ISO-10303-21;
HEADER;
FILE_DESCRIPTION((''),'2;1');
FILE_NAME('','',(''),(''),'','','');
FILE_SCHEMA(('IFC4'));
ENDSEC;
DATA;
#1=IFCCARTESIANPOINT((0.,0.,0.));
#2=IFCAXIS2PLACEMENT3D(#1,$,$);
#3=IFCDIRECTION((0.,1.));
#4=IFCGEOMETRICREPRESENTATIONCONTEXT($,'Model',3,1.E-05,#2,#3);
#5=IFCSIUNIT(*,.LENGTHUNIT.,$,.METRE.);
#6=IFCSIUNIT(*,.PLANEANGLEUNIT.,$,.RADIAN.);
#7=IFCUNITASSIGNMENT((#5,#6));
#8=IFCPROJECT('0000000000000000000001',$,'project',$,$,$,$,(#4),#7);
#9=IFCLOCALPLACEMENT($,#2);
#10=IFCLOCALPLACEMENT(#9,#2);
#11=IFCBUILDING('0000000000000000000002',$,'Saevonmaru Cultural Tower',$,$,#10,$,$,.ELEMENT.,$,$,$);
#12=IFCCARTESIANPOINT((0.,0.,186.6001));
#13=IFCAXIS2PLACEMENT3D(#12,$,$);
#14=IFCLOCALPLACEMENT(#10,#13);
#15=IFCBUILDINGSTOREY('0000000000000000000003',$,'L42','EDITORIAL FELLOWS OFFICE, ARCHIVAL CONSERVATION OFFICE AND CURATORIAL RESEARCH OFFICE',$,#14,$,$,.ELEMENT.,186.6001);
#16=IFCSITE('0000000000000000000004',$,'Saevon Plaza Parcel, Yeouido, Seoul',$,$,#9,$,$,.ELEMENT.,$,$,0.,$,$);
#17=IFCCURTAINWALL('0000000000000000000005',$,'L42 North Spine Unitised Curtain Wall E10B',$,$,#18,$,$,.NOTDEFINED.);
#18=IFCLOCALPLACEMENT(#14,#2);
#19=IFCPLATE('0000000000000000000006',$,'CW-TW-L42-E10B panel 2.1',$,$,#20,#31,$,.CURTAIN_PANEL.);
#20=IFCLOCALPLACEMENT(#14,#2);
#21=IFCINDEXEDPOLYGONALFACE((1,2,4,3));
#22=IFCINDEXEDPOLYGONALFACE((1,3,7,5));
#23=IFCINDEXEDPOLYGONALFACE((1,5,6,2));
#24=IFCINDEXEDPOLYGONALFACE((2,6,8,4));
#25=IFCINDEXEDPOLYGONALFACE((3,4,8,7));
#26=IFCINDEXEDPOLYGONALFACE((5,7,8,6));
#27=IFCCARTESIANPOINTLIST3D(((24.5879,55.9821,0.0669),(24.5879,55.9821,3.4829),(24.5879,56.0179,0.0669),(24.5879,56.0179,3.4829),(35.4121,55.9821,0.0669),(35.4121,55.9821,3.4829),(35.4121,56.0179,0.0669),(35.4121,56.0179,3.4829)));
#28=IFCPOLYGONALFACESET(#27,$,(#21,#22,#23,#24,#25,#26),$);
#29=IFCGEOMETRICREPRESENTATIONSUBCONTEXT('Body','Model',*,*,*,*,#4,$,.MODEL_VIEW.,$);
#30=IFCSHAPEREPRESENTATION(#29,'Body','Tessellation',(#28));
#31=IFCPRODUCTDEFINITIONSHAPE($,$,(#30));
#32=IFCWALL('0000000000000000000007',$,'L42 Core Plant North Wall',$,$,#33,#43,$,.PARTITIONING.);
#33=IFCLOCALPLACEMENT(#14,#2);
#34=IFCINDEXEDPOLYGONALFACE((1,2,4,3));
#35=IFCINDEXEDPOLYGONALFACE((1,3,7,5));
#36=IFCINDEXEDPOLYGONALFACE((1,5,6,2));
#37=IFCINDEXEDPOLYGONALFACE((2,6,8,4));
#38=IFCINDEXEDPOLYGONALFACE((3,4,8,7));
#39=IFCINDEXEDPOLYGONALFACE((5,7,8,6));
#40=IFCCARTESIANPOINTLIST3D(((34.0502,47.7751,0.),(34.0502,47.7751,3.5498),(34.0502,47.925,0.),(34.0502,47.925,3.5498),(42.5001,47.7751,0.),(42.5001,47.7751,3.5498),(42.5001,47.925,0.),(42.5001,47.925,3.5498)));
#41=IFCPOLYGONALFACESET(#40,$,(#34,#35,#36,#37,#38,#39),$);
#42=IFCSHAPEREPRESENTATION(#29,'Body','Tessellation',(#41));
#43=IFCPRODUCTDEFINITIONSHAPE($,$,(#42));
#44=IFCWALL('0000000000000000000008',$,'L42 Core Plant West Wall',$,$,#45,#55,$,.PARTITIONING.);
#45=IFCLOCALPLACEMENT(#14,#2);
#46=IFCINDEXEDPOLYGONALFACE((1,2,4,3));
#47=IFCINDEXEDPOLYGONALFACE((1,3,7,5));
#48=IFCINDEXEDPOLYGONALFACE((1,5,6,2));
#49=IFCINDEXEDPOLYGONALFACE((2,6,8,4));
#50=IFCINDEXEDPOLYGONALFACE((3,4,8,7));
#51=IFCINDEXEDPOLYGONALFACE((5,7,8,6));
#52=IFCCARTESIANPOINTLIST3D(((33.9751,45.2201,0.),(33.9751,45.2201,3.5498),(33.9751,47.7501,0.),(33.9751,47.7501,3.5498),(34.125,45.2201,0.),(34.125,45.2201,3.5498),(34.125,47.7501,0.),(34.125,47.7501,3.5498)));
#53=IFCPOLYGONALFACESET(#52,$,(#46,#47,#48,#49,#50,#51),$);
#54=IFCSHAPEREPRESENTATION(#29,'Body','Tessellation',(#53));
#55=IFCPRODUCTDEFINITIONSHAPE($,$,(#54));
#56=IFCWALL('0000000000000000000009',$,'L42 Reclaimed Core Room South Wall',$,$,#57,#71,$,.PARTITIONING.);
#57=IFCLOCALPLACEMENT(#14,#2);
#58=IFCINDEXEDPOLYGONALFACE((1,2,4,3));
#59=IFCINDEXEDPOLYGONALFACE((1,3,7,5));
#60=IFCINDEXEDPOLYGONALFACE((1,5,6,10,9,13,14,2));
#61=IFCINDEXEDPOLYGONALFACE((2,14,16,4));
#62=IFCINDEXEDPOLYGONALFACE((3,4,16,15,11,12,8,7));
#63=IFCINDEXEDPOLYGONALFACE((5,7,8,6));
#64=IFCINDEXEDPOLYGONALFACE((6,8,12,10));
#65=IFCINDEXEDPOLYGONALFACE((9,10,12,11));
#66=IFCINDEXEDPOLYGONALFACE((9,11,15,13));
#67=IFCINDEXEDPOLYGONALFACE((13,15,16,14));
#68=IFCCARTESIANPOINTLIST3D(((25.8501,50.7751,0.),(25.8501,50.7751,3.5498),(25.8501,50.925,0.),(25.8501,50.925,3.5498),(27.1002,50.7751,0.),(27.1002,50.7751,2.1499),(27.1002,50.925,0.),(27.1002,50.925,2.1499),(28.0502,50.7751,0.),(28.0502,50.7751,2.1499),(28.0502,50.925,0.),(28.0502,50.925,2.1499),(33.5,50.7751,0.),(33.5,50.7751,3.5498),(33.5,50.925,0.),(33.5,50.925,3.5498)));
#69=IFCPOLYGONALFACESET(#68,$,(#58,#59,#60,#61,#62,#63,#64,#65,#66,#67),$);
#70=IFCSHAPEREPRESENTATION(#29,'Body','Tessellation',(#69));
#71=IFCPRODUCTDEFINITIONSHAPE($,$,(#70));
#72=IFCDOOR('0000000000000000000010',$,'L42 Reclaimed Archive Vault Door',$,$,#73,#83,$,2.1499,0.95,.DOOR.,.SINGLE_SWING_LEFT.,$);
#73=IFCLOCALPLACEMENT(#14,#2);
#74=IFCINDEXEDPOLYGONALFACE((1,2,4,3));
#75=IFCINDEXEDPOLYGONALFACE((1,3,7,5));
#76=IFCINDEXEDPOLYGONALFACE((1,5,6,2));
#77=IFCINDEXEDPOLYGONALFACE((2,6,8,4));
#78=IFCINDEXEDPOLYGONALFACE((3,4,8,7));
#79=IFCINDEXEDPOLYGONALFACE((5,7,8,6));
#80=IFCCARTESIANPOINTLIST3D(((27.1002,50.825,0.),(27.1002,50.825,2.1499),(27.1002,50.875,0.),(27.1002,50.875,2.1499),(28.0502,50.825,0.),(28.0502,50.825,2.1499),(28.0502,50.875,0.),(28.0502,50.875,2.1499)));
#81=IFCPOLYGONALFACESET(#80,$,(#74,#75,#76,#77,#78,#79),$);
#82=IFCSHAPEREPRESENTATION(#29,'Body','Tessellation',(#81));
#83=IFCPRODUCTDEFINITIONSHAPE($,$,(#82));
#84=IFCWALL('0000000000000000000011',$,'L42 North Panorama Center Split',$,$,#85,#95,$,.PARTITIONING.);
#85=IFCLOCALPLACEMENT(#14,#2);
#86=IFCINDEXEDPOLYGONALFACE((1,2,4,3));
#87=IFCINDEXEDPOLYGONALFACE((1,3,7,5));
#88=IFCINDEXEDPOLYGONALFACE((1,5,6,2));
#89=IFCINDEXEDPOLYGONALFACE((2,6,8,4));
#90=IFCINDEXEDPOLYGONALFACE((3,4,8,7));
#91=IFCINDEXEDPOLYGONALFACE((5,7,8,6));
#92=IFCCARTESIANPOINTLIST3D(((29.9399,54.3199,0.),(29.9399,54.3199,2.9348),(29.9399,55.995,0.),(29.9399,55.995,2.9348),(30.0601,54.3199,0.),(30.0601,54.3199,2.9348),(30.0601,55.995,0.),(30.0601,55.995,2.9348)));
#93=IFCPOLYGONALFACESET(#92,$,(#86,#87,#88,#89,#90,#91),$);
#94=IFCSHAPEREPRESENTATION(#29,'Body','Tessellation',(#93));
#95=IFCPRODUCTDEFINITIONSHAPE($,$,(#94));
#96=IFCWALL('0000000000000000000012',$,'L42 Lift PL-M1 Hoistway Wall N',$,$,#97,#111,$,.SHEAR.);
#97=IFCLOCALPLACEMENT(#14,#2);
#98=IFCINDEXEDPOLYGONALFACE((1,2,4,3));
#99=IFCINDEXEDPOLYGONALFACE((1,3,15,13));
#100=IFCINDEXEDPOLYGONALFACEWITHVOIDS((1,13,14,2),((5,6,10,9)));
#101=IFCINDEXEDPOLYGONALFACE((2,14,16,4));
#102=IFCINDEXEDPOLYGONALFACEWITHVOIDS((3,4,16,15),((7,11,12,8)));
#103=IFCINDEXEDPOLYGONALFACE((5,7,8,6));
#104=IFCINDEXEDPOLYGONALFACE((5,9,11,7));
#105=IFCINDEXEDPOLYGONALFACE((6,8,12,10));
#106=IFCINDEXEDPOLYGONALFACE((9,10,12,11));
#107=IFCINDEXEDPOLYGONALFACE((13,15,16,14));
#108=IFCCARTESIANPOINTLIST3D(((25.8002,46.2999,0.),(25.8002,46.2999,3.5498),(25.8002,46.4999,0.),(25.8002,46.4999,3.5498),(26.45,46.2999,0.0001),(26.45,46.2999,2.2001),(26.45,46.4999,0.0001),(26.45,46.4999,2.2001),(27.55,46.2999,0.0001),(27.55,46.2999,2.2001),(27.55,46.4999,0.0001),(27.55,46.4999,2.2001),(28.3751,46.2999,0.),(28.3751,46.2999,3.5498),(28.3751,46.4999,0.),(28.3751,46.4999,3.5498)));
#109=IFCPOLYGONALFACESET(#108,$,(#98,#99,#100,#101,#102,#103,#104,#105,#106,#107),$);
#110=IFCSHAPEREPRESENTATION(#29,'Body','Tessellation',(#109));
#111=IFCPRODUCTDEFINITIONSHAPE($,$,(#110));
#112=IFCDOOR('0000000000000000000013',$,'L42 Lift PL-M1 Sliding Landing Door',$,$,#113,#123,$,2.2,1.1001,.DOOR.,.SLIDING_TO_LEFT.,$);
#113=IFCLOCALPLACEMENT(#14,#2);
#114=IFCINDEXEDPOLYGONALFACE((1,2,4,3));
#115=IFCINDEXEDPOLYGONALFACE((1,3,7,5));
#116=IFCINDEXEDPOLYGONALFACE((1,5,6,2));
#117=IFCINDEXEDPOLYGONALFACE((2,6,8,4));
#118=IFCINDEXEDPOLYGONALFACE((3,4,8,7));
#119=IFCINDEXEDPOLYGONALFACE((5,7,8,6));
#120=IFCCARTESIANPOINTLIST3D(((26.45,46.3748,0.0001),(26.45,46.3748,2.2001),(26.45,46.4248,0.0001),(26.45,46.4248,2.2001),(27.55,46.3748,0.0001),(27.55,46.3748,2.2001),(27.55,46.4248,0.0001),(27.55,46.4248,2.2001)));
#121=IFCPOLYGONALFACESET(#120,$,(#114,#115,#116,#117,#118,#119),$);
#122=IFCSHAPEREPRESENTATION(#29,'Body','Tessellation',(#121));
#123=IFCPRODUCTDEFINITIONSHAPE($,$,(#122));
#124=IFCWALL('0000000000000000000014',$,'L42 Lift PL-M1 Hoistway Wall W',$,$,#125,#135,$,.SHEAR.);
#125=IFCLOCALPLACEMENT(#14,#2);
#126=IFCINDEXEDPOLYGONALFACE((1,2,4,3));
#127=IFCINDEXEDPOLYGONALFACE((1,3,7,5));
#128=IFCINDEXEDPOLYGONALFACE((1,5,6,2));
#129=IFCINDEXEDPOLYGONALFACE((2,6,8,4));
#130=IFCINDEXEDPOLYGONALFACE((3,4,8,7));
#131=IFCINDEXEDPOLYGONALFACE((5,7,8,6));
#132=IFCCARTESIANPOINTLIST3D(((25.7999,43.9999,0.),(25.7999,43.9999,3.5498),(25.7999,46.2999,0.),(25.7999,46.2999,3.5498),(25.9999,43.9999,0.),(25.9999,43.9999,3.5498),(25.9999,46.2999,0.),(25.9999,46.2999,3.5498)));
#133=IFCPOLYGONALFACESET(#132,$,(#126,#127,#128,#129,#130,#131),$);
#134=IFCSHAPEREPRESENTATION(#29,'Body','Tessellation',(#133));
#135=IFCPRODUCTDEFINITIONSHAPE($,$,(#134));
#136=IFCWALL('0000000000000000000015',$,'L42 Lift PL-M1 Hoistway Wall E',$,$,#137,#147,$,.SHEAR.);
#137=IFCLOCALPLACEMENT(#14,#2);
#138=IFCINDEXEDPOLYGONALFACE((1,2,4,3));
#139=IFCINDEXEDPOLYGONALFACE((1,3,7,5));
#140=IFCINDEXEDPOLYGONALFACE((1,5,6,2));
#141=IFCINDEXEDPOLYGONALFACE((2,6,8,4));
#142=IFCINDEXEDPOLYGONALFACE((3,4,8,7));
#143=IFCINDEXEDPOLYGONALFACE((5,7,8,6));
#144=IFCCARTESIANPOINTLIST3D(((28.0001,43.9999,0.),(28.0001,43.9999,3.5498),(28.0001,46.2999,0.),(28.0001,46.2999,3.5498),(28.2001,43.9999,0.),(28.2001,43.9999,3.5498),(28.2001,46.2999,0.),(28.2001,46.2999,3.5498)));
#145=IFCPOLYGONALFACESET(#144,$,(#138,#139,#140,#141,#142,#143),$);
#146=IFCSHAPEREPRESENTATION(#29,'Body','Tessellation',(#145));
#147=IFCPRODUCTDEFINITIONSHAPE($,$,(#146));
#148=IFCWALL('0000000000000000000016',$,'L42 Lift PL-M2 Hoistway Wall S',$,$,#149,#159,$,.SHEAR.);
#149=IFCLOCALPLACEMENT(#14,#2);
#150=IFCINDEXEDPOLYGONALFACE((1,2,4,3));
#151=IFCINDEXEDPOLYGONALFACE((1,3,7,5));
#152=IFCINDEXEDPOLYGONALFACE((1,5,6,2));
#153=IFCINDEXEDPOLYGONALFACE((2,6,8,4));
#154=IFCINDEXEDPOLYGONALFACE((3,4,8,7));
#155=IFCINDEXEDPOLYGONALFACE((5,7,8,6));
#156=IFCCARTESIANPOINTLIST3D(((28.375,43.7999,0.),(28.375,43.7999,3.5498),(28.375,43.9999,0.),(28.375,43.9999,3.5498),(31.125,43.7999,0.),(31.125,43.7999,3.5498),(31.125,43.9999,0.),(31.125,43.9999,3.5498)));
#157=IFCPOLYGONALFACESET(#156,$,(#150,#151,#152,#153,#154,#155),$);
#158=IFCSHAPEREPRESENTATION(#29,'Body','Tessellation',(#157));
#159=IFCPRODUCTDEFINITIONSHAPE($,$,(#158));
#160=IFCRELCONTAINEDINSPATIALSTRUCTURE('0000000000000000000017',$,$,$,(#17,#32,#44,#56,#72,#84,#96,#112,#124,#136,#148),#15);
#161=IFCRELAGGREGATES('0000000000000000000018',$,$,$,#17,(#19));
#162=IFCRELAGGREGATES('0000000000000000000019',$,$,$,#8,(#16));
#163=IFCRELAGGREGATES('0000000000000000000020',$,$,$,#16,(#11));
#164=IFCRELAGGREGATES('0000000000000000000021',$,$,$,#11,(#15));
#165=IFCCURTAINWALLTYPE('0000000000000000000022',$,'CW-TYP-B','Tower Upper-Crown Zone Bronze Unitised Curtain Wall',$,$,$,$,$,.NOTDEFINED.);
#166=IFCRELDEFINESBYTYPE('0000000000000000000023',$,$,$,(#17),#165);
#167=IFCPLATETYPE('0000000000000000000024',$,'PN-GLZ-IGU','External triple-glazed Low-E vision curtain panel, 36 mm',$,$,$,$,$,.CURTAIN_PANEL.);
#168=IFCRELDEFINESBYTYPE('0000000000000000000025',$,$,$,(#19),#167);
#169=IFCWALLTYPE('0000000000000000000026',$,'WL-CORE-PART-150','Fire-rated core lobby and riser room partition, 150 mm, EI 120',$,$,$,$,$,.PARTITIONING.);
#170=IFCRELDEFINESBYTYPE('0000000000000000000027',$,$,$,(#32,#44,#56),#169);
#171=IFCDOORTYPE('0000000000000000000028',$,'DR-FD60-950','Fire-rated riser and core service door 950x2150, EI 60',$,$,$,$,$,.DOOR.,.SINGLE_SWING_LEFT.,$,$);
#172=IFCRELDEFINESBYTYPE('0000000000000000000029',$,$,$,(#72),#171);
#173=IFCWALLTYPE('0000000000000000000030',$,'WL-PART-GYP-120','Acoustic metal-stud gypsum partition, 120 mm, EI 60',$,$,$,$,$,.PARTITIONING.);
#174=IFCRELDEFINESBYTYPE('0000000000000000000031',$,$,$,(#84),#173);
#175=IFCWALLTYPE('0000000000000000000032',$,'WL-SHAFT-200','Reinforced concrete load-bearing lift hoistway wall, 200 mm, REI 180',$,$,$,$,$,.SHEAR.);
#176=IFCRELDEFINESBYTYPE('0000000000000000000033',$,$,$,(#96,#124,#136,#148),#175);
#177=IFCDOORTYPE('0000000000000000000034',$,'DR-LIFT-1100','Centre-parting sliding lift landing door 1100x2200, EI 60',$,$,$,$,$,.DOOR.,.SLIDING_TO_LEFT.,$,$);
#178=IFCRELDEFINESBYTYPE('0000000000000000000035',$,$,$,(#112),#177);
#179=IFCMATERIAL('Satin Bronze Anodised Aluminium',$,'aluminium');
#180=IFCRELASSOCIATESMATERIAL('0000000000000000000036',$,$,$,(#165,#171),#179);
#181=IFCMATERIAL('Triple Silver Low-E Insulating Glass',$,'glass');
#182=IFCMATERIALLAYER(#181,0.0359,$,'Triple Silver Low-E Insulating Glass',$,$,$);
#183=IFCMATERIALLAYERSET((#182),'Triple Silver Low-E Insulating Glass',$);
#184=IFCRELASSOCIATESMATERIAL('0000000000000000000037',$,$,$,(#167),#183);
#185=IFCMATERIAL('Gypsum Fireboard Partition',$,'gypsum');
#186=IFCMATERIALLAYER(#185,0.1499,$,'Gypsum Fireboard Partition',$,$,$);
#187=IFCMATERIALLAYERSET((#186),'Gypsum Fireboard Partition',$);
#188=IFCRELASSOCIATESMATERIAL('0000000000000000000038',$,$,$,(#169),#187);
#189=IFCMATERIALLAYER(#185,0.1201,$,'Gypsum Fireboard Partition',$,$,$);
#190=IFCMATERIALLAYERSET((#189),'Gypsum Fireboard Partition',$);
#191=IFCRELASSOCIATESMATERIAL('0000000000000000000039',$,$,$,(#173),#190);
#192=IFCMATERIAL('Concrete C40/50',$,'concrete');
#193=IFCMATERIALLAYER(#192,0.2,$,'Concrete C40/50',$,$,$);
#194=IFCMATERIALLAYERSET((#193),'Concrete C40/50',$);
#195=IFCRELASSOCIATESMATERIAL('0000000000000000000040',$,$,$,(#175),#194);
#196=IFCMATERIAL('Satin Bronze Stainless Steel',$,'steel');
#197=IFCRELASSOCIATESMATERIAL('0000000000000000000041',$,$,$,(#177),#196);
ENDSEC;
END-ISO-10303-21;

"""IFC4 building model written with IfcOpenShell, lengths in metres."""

from ifc_helpers import new_model, si_unit, direction, frame, frame_2d, origin, origin_2d, place, context, subcontext, project, spatial, rectangle, extrude, material, layer, layer_set, type_object, element, fill, aggregate, save


model = new_model("IFC4")

# Units and contexts
model_context = context("Model", 3, precision=1e-05, world=origin(), true_north=direction((0.0, 1.0)))
body_context = subcontext(model_context, "Body", "Model", "MODEL_VIEW")
ifc_project = project(units=[si_unit("LENGTHUNIT", "METRE"), si_unit("PLANEANGLEUNIT", "RADIAN")], contexts=[model_context])

# Site, building, storey
site_placement = place(None, origin())
site = spatial("IfcSite", under=ifc_project, at=site_placement, Name="Saevon Plaza Parcel, Yeouido, Seoul", CompositionType="ELEMENT", RefElevation=0.0)
building_placement = place(site_placement, origin())
building = spatial("IfcBuilding", under=site, at=building_placement, Name="Saevonmaru Cultural Tower", CompositionType="ELEMENT")
storey_placement = place(building_placement, frame((0.0, 0.0, 186.6001)))
storey = spatial("IfcBuildingStorey", under=building, at=storey_placement, Name="L42", Description="EDITORIAL FELLOWS OFFICE, ARCHIVAL CONSERVATION OFFICE AND CURATORIAL RESEARCH OFFICE", CompositionType="ELEMENT", Elevation=186.6001)

# Curtain wall, plate
ifc_material_1 = material(Name="Satin Bronze Anodised Aluminium", Category="aluminium")
curtain_wall_type = type_object("IfcCurtainWallType", Name="CW-TYP-B", Description="Tower Upper-Crown Zone Bronze Unitised Curtain Wall", PredefinedType="NOTDEFINED", material=ifc_material_1)
curtain_wall_placement = place(storey_placement, origin())
curtain_wall = element("IfcCurtainWall", 1, at=curtain_wall_placement, inside=storey, type_object=curtain_wall_type, Name="L42 North Spine Unitised Curtain Wall E10B", PredefinedType="NOTDEFINED")
ifc_material_2 = material(Name="Triple Silver Low-E Insulating Glass", Category="glass")
ifc_layer_1 = layer(ifc_material_2, 0.0359, Name="Triple Silver Low-E Insulating Glass")
ifc_layer_set_1 = layer_set([ifc_layer_1], Name="Triple Silver Low-E Insulating Glass")
plate_type = type_object("IfcPlateType", Name="PN-GLZ-IGU", Description="External triple-glazed Low-E vision curtain panel, 36 mm", PredefinedType="CURTAIN_PANEL", material=ifc_layer_set_1)
plate_placement = place(storey_placement, frame((30.0, 56.0, 0.0669), z_axis=(0.0, 0.0, 1.0), x_axis=(-1.0, 0.0, 0.0)))
plate = element("IfcPlate", 2, at=plate_placement, type_object=plate_type, Name="CW-TW-L42-E10B panel 2.1", PredefinedType="CURTAIN_PANEL", context=body_context, shape_type="SweptSolid", body=[
    extrude(rectangle(XDim=10.8242, YDim=0.0359, at=origin_2d()), origin(), (0.0, 0.0, 1.0), 3.416),
])
aggregate(curtain_wall, [plate])

# Shared definitions
ifc_material_3 = material(Name="Gypsum Fireboard Partition", Category="gypsum")
ifc_layer_2 = layer(ifc_material_3, 0.1499, Name="Gypsum Fireboard Partition")
ifc_layer_set_2 = layer_set([ifc_layer_2], Name="Gypsum Fireboard Partition")
wall_type_1 = type_object("IfcWallType", Name="WL-CORE-PART-150", Description="Fire-rated core lobby and riser room partition, 150 mm, EI 120", PredefinedType="PARTITIONING", material=ifc_layer_set_2)

# Shared definitions
door_type_1 = type_object("IfcDoorType", Name="DR-FD60-950", Description="Fire-rated riser and core service door 950x2150, EI 60", OperationType="SINGLE_SWING_LEFT", PredefinedType="DOOR", material=ifc_material_1)

# Walls
wall_1_placement = place(storey_placement, frame((34.05, 47.8501, 0.0), z_axis=(0.0, 0.0, 1.0), x_axis=(1.0, 0.0, 0.0)))
element("IfcWall", 3, at=wall_1_placement, inside=storey, type_object=wall_type_1, Name="L42 Core Plant North Wall", PredefinedType="PARTITIONING", context=body_context, shape_type="SweptSolid", body=[
    extrude(rectangle(XDim=8.45, YDim=0.1499, at=frame_2d((4.2251, 0.0))), origin(), (0.0, 0.0, 1.0), 3.5498),
])
wall_2_placement = place(storey_placement, frame((34.05, 45.22, 0.0), z_axis=(0.0, 0.0, 1.0), x_axis=(0.0, 1.0, 0.0)))
element("IfcWall", 4, at=wall_2_placement, inside=storey, type_object=wall_type_1, Name="L42 Core Plant West Wall", PredefinedType="PARTITIONING", context=body_context, shape_type="SweptSolid", body=[
    extrude(rectangle(XDim=2.53, YDim=0.1499, at=frame_2d((1.2651, 0.0))), origin(), (0.0, 0.0, 1.0), 3.5498),
])

# Wall, opening, door
wall_3_placement = place(storey_placement, frame((25.8501, 50.8501, 0.0), z_axis=(0.0, 0.0, 1.0), x_axis=(1.0, 0.0, 0.0)))
wall_3 = element("IfcWall", 5, at=wall_3_placement, inside=storey, type_object=wall_type_1, Name="L42 Reclaimed Core Room South Wall", PredefinedType="PARTITIONING", context=body_context, shape_type="SweptSolid", body=[
    extrude(rectangle(XDim=7.6499, YDim=0.1499, at=frame_2d((3.825, 0.0))), origin(), (0.0, 0.0, 1.0), 3.5498),
])
opening_1_placement = place(wall_3_placement, frame((1.25, 0.0, 0.0)))
opening_1 = element("IfcOpeningElement", 6, at=opening_1_placement, cuts=wall_3, PredefinedType="OPENING", context=body_context, shape_type="SweptSolid", body=[
    extrude(rectangle(XDim=0.95, YDim=2.1499, at=frame_2d((0.4751, 1.075))), frame((0.0, 0.085, 0.0), z_axis=(0.0, -1.0, 0.0), x_axis=(1.0, 0.0, 0.0)), (0.0, 0.0, 1.0), 0.1699),
])
door_1_placement = place(opening_1_placement, origin())
door_1 = element("IfcDoor", 7, at=door_1_placement, inside=storey, type_object=door_type_1, Name="L42 Reclaimed Archive Vault Door", OperationType="SINGLE_SWING_LEFT", OverallHeight=2.1499, OverallWidth=0.95, PredefinedType="DOOR", context=body_context, shape_type="SweptSolid", body=[
    extrude(rectangle(XDim=0.95, YDim=2.1499, at=frame_2d((0.4751, 1.075))), frame((0.0, 0.0249, 0.0), z_axis=(0.0, -1.0, 0.0), x_axis=(1.0, 0.0, 0.0)), (0.0, 0.0, 1.0), 0.05),
])
fill(opening_1, door_1)

# Wall
ifc_layer_3 = layer(ifc_material_3, 0.1201, Name="Gypsum Fireboard Partition")
ifc_layer_set_3 = layer_set([ifc_layer_3], Name="Gypsum Fireboard Partition")
wall_type_2 = type_object("IfcWallType", Name="WL-PART-GYP-120", Description="Acoustic metal-stud gypsum partition, 120 mm, EI 60", PredefinedType="PARTITIONING", material=ifc_layer_set_3)
wall_4_placement = place(storey_placement, frame((30.0, 54.3201, 0.0), z_axis=(0.0, 0.0, 1.0), x_axis=(0.0, 1.0, 0.0)))
element("IfcWall", 8, at=wall_4_placement, inside=storey, type_object=wall_type_2, Name="L42 North Panorama Center Split", PredefinedType="PARTITIONING", context=body_context, shape_type="SweptSolid", body=[
    extrude(rectangle(XDim=1.675, YDim=0.1201, at=frame_2d((0.8374, 0.0))), origin(), (0.0, 0.0, 1.0), 2.9348),
])

# Wall, opening, door
ifc_material_4 = material(Name="Concrete C40/50", Category="concrete")
ifc_layer_4 = layer(ifc_material_4, 0.2, Name="Concrete C40/50")
ifc_layer_set_4 = layer_set([ifc_layer_4], Name="Concrete C40/50")
wall_type_3 = type_object("IfcWallType", Name="WL-SHAFT-200", Description="Reinforced concrete load-bearing lift hoistway wall, 200 mm, REI 180", PredefinedType="SHEAR", material=ifc_layer_set_4)
wall_5_placement = place(storey_placement, frame((25.8, 46.3999, 0.0), z_axis=(0.0, 0.0, 1.0), x_axis=(1.0, 0.0, 0.0)))
wall_5 = element("IfcWall", 9, at=wall_5_placement, inside=storey, type_object=wall_type_3, Name="L42 Lift PL-M1 Hoistway Wall N", PredefinedType="SHEAR", context=body_context, shape_type="SweptSolid", body=[
    extrude(rectangle(XDim=2.575, YDim=0.2, at=frame_2d((1.2876, 0.0))), origin(), (0.0, 0.0, 1.0), 3.5498),
])
opening_2_placement = place(wall_5_placement, frame((0.6499, 0.0, 0.0)))
opening_2 = element("IfcOpeningElement", 10, at=opening_2_placement, cuts=wall_5, PredefinedType="OPENING", context=body_context, shape_type="SweptSolid", body=[
    extrude(rectangle(XDim=1.1001, YDim=2.2, at=frame_2d((0.55, 1.1001))), frame((0.0, 0.1099, 0.0), z_axis=(0.0, -1.0, 0.0), x_axis=(1.0, 0.0, 0.0)), (0.0, 0.0, 1.0), 0.22),
])
ifc_material_5 = material(Name="Satin Bronze Stainless Steel", Category="steel")
door_type_2 = type_object("IfcDoorType", Name="DR-LIFT-1100", Description="Centre-parting sliding lift landing door 1100x2200, EI 60", OperationType="SLIDING_TO_LEFT", PredefinedType="DOOR", material=ifc_material_5)
door_2_placement = place(opening_2_placement, origin())
door_2 = element("IfcDoor", 11, at=door_2_placement, inside=storey, type_object=door_type_2, Name="L42 Lift PL-M1 Sliding Landing Door", OperationType="SLIDING_TO_LEFT", OverallHeight=2.2, OverallWidth=1.1001, PredefinedType="DOOR", context=body_context, shape_type="SweptSolid", body=[
    extrude(rectangle(XDim=1.1001, YDim=2.2, at=frame_2d((0.55, 1.1001))), frame((0.0, 0.0249, 0.0), z_axis=(0.0, -1.0, 0.0), x_axis=(1.0, 0.0, 0.0)), (0.0, 0.0, 1.0), 0.05),
])
fill(opening_2, door_2)

# Walls
for number, where, z_axis, x_axis, name in (
    (12, (25.8999, 44.0, 0.0), (0.0, 0.0, 1.0), (0.0, 1.0, 0.0), "L42 Lift PL-M1 Hoistway Wall W"),
    (13, (28.1001, 44.0, 0.0), (0.0, 0.0, 1.0), (0.0, 1.0, 0.0), "L42 Lift PL-M1 Hoistway Wall E"),
):
    element("IfcWall", number, at=place(storey_placement, frame(where, z_axis=z_axis, x_axis=x_axis)), inside=storey, type_object=wall_type_3, Name=name, PredefinedType="SHEAR", context=body_context, shape_type="SweptSolid", body=[
        extrude(rectangle(XDim=2.3, YDim=0.2, at=frame_2d((1.1499, 0.0))), origin(), (0.0, 0.0, 1.0), 3.5498),
    ])
wall_6_placement = place(storey_placement, frame((28.375, 43.8999, 0.0), z_axis=(0.0, 0.0, 1.0), x_axis=(1.0, 0.0, 0.0)))
element("IfcWall", 14, at=wall_6_placement, inside=storey, type_object=wall_type_3, Name="L42 Lift PL-M2 Hoistway Wall S", PredefinedType="SHEAR", context=body_context, shape_type="SweptSolid", body=[
    extrude(rectangle(XDim=2.75, YDim=0.2, at=frame_2d((1.375, 0.0))), origin(), (0.0, 0.0, 1.0), 3.5498),
])

save(model, "model.ifc")
